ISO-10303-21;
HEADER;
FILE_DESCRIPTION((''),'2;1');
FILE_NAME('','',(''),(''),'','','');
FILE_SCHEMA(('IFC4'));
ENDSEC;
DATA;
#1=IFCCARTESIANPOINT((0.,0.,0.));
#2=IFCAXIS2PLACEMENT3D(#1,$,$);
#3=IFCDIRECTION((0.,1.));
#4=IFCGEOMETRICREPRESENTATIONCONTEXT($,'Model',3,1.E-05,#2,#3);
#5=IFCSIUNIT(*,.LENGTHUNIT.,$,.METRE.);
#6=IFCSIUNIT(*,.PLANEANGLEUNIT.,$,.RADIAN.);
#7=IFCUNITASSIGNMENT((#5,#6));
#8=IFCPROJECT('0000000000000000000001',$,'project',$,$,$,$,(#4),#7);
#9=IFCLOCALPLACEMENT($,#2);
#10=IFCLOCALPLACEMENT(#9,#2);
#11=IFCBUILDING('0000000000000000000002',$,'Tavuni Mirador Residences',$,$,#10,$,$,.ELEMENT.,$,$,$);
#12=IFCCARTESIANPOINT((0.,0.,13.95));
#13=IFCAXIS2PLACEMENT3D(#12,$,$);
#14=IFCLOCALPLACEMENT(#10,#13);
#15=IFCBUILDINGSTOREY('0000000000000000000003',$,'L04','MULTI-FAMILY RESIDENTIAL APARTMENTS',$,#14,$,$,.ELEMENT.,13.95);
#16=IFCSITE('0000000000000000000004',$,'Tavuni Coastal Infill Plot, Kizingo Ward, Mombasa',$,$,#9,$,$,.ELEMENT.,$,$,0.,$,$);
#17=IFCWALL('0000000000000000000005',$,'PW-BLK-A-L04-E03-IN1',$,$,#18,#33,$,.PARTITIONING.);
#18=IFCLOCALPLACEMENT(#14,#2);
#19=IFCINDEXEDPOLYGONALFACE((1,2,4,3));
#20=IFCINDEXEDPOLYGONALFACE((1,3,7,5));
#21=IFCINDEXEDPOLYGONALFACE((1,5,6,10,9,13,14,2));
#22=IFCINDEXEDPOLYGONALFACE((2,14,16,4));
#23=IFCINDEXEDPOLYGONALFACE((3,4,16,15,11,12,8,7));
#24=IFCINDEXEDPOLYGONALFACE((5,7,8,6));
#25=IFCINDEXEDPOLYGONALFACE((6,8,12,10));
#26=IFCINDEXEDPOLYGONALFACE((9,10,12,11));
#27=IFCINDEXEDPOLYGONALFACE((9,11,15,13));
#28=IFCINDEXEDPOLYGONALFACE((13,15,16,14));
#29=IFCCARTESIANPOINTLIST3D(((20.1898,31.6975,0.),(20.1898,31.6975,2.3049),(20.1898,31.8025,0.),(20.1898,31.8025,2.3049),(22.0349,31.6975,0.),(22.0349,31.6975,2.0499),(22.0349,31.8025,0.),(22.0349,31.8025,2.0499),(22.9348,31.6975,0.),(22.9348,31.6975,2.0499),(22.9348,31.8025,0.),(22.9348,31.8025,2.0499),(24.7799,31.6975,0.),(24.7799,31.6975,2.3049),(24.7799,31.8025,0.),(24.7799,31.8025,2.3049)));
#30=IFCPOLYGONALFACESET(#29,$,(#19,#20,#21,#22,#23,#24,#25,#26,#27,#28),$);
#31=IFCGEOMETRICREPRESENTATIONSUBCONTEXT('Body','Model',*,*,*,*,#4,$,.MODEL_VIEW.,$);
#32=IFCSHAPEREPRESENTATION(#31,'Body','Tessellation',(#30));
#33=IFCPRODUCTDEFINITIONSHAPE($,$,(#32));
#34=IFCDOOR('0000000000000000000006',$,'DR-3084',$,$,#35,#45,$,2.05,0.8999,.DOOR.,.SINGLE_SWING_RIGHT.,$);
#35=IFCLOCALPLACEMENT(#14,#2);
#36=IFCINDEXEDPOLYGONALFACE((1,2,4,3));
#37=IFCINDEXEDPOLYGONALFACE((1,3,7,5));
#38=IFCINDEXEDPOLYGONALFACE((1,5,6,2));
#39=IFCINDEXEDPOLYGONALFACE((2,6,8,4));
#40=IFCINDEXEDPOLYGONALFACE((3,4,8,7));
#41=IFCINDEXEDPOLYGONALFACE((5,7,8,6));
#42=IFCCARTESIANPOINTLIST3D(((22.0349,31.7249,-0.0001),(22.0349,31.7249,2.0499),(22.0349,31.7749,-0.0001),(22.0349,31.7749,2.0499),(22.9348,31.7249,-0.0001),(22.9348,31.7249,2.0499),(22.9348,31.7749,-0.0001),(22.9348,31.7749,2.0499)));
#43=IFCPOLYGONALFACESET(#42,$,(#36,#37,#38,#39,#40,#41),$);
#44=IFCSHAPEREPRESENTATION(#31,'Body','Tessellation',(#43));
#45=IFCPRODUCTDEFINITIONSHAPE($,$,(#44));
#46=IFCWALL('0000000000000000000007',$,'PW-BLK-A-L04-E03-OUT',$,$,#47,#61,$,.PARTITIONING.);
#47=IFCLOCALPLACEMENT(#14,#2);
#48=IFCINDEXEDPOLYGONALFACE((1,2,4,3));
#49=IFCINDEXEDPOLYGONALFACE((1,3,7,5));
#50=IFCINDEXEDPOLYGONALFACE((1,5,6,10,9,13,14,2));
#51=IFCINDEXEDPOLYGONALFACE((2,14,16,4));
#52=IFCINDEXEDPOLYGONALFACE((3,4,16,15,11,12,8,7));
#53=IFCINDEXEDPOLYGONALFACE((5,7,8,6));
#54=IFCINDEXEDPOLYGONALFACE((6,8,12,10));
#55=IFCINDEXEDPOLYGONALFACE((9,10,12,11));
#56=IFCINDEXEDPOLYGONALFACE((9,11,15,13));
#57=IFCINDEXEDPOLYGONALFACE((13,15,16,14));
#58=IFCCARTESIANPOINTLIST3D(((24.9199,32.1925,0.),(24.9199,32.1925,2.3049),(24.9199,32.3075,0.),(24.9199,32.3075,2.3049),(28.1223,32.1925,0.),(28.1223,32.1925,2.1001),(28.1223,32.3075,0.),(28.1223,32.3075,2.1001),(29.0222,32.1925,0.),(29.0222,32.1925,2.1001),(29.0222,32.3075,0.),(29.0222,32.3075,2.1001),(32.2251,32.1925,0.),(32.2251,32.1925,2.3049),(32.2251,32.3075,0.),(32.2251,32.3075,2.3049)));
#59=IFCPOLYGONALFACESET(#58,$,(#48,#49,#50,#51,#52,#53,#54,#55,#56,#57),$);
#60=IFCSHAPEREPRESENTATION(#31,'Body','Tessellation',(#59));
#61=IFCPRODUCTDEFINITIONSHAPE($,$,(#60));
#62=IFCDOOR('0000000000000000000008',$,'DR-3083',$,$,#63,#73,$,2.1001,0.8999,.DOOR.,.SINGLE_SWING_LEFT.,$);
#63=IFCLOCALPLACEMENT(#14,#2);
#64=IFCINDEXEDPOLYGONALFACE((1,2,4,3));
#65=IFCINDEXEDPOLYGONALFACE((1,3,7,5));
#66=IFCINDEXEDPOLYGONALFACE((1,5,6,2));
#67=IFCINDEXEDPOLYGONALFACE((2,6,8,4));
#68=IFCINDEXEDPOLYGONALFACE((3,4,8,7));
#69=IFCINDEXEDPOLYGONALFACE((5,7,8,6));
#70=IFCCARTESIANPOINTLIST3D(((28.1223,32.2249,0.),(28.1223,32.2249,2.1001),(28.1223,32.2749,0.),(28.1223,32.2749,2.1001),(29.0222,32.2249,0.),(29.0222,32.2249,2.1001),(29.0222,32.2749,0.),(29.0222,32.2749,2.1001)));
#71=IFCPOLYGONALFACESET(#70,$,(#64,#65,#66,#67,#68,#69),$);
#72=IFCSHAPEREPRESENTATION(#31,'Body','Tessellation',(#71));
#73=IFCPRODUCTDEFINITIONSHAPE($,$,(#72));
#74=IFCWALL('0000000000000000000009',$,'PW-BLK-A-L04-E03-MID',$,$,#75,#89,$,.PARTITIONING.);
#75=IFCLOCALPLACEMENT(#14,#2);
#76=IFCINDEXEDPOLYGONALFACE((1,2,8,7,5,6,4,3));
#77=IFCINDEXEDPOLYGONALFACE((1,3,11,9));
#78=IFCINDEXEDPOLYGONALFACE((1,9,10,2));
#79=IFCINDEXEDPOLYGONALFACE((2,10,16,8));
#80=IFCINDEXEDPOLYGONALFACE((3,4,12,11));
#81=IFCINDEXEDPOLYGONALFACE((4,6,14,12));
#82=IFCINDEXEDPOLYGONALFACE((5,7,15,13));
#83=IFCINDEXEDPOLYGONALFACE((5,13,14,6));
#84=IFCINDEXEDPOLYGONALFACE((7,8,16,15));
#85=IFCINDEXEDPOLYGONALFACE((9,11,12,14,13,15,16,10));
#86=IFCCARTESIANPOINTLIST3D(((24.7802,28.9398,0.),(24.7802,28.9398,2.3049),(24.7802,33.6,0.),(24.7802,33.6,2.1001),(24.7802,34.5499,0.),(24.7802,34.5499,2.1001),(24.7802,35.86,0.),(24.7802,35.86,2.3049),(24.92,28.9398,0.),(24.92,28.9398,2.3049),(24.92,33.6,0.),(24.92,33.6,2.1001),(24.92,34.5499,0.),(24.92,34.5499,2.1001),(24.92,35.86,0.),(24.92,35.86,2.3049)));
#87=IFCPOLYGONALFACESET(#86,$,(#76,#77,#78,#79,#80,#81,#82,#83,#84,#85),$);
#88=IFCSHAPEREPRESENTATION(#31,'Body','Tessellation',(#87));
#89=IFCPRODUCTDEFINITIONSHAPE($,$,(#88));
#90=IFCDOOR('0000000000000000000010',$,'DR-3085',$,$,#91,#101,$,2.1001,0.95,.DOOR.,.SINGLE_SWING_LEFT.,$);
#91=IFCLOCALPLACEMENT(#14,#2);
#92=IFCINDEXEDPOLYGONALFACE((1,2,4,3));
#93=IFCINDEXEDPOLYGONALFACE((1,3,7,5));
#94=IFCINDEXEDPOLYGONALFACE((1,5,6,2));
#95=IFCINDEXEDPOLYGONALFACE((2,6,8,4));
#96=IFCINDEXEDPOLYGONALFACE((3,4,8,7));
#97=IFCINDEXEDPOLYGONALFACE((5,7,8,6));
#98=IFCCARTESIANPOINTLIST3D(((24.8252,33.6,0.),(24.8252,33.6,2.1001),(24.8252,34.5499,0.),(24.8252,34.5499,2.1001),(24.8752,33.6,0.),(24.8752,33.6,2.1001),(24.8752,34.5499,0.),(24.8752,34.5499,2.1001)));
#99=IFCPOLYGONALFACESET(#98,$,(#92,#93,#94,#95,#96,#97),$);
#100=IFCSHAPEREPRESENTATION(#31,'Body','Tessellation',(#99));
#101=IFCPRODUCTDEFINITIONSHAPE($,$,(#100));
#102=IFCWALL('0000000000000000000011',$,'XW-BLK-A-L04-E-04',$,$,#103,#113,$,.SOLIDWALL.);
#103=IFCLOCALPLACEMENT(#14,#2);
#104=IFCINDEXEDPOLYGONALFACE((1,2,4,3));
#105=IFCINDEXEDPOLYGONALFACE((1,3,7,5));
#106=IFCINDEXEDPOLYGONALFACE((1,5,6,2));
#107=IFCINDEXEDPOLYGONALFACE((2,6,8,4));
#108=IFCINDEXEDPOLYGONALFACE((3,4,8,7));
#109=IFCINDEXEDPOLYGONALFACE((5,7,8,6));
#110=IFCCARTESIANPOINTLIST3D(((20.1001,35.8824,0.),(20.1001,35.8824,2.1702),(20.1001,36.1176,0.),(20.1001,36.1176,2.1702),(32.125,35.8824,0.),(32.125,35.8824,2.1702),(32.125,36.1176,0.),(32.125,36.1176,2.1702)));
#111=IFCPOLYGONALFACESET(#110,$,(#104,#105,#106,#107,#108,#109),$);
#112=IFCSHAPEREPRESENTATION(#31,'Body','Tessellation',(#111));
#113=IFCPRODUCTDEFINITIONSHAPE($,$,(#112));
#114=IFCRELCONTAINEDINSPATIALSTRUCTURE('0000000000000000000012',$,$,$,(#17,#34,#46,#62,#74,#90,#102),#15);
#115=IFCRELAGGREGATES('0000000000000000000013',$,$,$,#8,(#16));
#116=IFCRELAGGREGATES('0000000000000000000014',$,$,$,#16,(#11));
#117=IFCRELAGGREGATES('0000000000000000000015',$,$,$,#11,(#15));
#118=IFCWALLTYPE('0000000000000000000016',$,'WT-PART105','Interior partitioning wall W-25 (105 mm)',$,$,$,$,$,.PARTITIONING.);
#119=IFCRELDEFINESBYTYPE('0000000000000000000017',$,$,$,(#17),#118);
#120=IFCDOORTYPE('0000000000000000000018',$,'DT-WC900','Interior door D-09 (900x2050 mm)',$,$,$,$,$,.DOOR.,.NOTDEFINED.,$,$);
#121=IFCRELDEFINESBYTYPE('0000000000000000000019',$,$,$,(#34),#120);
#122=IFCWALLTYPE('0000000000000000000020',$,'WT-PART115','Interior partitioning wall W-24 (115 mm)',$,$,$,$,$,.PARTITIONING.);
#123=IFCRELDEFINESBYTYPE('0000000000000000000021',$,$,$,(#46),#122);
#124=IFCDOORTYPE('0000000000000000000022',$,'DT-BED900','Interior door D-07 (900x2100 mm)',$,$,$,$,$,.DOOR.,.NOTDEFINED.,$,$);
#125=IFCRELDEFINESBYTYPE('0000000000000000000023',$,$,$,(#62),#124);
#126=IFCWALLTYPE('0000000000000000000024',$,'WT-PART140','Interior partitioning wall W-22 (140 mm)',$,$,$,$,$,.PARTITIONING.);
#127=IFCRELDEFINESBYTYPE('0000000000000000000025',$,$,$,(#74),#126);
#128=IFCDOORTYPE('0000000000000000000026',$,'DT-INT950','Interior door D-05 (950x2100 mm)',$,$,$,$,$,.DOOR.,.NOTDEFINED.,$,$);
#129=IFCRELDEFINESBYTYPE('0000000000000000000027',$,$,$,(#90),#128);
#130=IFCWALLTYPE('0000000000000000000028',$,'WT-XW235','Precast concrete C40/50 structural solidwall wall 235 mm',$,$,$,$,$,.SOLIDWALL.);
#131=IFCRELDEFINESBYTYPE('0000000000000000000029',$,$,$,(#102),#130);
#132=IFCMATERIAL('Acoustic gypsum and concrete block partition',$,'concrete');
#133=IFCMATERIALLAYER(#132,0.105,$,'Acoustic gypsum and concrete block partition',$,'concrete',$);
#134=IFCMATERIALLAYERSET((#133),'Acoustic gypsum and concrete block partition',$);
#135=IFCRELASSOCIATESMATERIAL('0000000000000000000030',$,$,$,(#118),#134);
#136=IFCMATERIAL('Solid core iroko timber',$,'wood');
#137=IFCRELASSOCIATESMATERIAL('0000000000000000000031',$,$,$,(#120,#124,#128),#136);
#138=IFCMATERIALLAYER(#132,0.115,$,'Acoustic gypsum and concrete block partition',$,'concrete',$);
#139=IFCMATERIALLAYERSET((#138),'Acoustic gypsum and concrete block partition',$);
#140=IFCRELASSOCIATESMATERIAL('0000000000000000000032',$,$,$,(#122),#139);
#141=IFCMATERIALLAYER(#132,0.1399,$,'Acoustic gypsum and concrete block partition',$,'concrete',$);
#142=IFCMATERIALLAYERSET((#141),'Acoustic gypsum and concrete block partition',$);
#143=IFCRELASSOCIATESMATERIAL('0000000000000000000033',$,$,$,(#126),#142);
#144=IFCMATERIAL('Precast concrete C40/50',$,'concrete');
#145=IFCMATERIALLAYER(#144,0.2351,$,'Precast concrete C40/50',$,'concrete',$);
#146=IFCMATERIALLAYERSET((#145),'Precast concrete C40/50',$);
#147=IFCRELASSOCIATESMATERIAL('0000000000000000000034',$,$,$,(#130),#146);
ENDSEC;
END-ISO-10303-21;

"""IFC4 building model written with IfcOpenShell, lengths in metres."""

from ifc_helpers import new_model, si_unit, direction, frame, frame_2d, origin, place, context, subcontext, project, spatial, rectangle, extrude, material, layer, layer_set, type_object, element, fill, save


model = new_model("IFC4")

# Units and contexts
model_context = context("Model", 3, precision=1e-05, world=origin(), true_north=direction((0.0, 1.0)))
body_context = subcontext(model_context, "Body", "Model", "MODEL_VIEW")
ifc_project = project(units=[si_unit("LENGTHUNIT", "METRE"), si_unit("PLANEANGLEUNIT", "RADIAN")], contexts=[model_context])

# Site, building, storey
site_placement = place(None, origin())
site = spatial("IfcSite", under=ifc_project, at=site_placement, Name="Tavuni Coastal Infill Plot, Kizingo Ward, Mombasa", CompositionType="ELEMENT", RefElevation=0.0)
building_placement = place(site_placement, origin())
building = spatial("IfcBuilding", under=site, at=building_placement, Name="Tavuni Mirador Residences", CompositionType="ELEMENT")
storey_placement = place(building_placement, frame((0.0, 0.0, 13.95)))
storey = spatial("IfcBuildingStorey", under=building, at=storey_placement, Name="L04", Description="MULTI-FAMILY RESIDENTIAL APARTMENTS", CompositionType="ELEMENT", Elevation=13.95)

# Shared definitions
ifc_material_1 = material(Name="Precast concrete C40/50", Category="concrete")

# Shared definitions
ifc_material_2 = material(Name="Solid core iroko timber", Category="wood")

# Walls, openings, doors
ifc_material_3 = material(Name="Acoustic gypsum and concrete block partition", Category="concrete")
ifc_layer_1 = layer(ifc_material_3, 0.105, Name="Acoustic gypsum and concrete block partition", Category="concrete")
ifc_layer_set_1 = layer_set([ifc_layer_1], Name="Acoustic gypsum and concrete block partition")
wall_type_1 = type_object("IfcWallType", Name="WT-PART105", Description="Interior partitioning wall W-25 (105 mm)", PredefinedType="PARTITIONING", material=ifc_layer_set_1)
wall_1_placement = place(storey_placement, frame((20.1899, 31.75, 0.0), z_axis=(0.0, 0.0, 1.0), x_axis=(1.0, 0.0, 0.0)))
wall_1 = element("IfcWall", 1, at=wall_1_placement, inside=storey, type_object=wall_type_1, Name="PW-BLK-A-L04-E03-IN1", PredefinedType="PARTITIONING", context=body_context, shape_type="SweptSolid", body=[
    extrude(rectangle(XDim=4.5901, YDim=0.105, at=frame_2d((2.2949, 0.0))), origin(), (0.0, 0.0, 1.0), 2.3049),
])
opening_1_placement = place(wall_1_placement, frame((1.845, 0.0, 0.0)))
opening_1 = element("IfcOpeningElement", 2, at=opening_1_placement, cuts=wall_1, PredefinedType="OPENING", context=body_context, shape_type="SweptSolid", body=[
    extrude(rectangle(XDim=0.8999, YDim=2.05, at=frame_2d((0.45, 1.0249))), frame((0.0, 0.0625, 0.0), z_axis=(0.0, -1.0, 0.0), x_axis=(1.0, 0.0, 0.0)), (0.0, 0.0, 1.0), 0.125),
])
door_type_1 = type_object("IfcDoorType", Name="DT-WC900", Description="Interior door D-09 (900x2050 mm)", OperationType="NOTDEFINED", PredefinedType="DOOR", material=ifc_material_2)
door_1_placement = place(opening_1_placement, origin())
door_1 = element("IfcDoor", 3, at=door_1_placement, inside=storey, type_object=door_type_1, Name="DR-3084", OperationType="SINGLE_SWING_RIGHT", OverallHeight=2.05, OverallWidth=0.8999, PredefinedType="DOOR", context=body_context, shape_type="SweptSolid", body=[
    extrude(rectangle(XDim=0.8999, YDim=2.05, at=frame_2d((0.45, 1.0249))), frame((0.0, 0.0249, 0.0), z_axis=(0.0, -1.0, 0.0), x_axis=(1.0, 0.0, 0.0)), (0.0, 0.0, 1.0), 0.05),
])
fill(opening_1, door_1)
ifc_layer_2 = layer(ifc_material_3, 0.115, Name="Acoustic gypsum and concrete block partition", Category="concrete")
ifc_layer_set_2 = layer_set([ifc_layer_2], Name="Acoustic gypsum and concrete block partition")
wall_type_2 = type_object("IfcWallType", Name="WT-PART115", Description="Interior partitioning wall W-24 (115 mm)", PredefinedType="PARTITIONING", material=ifc_layer_set_2)
wall_2_placement = place(storey_placement, frame((24.9199, 32.25, 0.0), z_axis=(0.0, 0.0, 1.0), x_axis=(1.0, 0.0, 0.0)))
wall_2 = element("IfcWall", 4, at=wall_2_placement, inside=storey, type_object=wall_type_2, Name="PW-BLK-A-L04-E03-OUT", PredefinedType="PARTITIONING", context=body_context, shape_type="SweptSolid", body=[
    extrude(rectangle(XDim=7.3052, YDim=0.115, at=frame_2d((3.6526, 0.0))), origin(), (0.0, 0.0, 1.0), 2.3049),
])
opening_2_placement = place(wall_2_placement, frame((3.2024, 0.0, 0.0)))
opening_2 = element("IfcOpeningElement", 5, at=opening_2_placement, cuts=wall_2, PredefinedType="OPENING", context=body_context, shape_type="SweptSolid", body=[
    extrude(rectangle(XDim=0.8999, YDim=2.1001, at=frame_2d((0.45, 1.05))), frame((0.0, 0.0674, 0.0), z_axis=(0.0, -1.0, 0.0), x_axis=(1.0, 0.0, 0.0)), (0.0, 0.0, 1.0), 0.135),
])
door_type_2 = type_object("IfcDoorType", Name="DT-BED900", Description="Interior door D-07 (900x2100 mm)", OperationType="NOTDEFINED", PredefinedType="DOOR", material=ifc_material_2)
door_2_placement = place(opening_2_placement, origin())
door_2 = element("IfcDoor", 6, at=door_2_placement, inside=storey, type_object=door_type_2, Name="DR-3083", OperationType="SINGLE_SWING_LEFT", OverallHeight=2.1001, OverallWidth=0.8999, PredefinedType="DOOR", context=body_context, shape_type="SweptSolid", body=[
    extrude(rectangle(XDim=0.8999, YDim=2.1001, at=frame_2d((0.45, 1.05))), frame((0.0, 0.0249, 0.0), z_axis=(0.0, -1.0, 0.0), x_axis=(1.0, 0.0, 0.0)), (0.0, 0.0, 1.0), 0.05),
])
fill(opening_2, door_2)
ifc_layer_3 = layer(ifc_material_3, 0.1399, Name="Acoustic gypsum and concrete block partition", Category="concrete")
ifc_layer_set_3 = layer_set([ifc_layer_3], Name="Acoustic gypsum and concrete block partition")
wall_type_3 = type_object("IfcWallType", Name="WT-PART140", Description="Interior partitioning wall W-22 (140 mm)", PredefinedType="PARTITIONING", material=ifc_layer_set_3)
wall_3_placement = place(storey_placement, frame((24.8501, 28.9399, 0.0), z_axis=(0.0, 0.0, 1.0), x_axis=(0.0, 1.0, 0.0)))
wall_3 = element("IfcWall", 7, at=wall_3_placement, inside=storey, type_object=wall_type_3, Name="PW-BLK-A-L04-E03-MID", PredefinedType="PARTITIONING", context=body_context, shape_type="SweptSolid", body=[
    extrude(rectangle(XDim=6.9202, YDim=0.1399, at=frame_2d((3.46, 0.0))), origin(), (0.0, 0.0, 1.0), 2.3049),
])
opening_3_placement = place(wall_3_placement, frame((4.6599, 0.0, 0.0)))
opening_3 = element("IfcOpeningElement", 8, at=opening_3_placement, cuts=wall_3, PredefinedType="OPENING", context=body_context, shape_type="SweptSolid", body=[
    extrude(rectangle(XDim=0.95, YDim=2.1001, at=frame_2d((0.4751, 1.05))), frame((0.0, 0.0801, 0.0), z_axis=(0.0, -1.0, 0.0), x_axis=(1.0, 0.0, 0.0)), (0.0, 0.0, 1.0), 0.1599),
])
door_type_3 = type_object("IfcDoorType", Name="DT-INT950", Description="Interior door D-05 (950x2100 mm)", OperationType="NOTDEFINED", PredefinedType="DOOR", material=ifc_material_2)
door_3_placement = place(opening_3_placement, origin())
door_3 = element("IfcDoor", 9, at=door_3_placement, inside=storey, type_object=door_type_3, Name="DR-3085", OperationType="SINGLE_SWING_LEFT", OverallHeight=2.1001, OverallWidth=0.95, PredefinedType="DOOR", context=body_context, shape_type="SweptSolid", body=[
    extrude(rectangle(XDim=0.95, YDim=2.1001, at=frame_2d((0.4751, 1.05))), frame((0.0, 0.0249, 0.0), z_axis=(0.0, -1.0, 0.0), x_axis=(1.0, 0.0, 0.0)), (0.0, 0.0, 1.0), 0.05),
])
fill(opening_3, door_3)

# Wall
ifc_layer_4 = layer(ifc_material_1, 0.2351, Name="Precast concrete C40/50", Category="concrete")
ifc_layer_set_4 = layer_set([ifc_layer_4], Name="Precast concrete C40/50")
wall_type_4 = type_object("IfcWallType", Name="WT-XW235", Description="Precast concrete C40/50 structural solidwall wall 235 mm", PredefinedType="SOLIDWALL", material=ifc_layer_set_4)
wall_4_placement = place(storey_placement, frame((20.1001, 36.0, 0.0), z_axis=(0.0, 0.0, 1.0), x_axis=(1.0, 0.0, 0.0)))
element("IfcWall", 10, at=wall_4_placement, inside=storey, type_object=wall_type_4, Name="XW-BLK-A-L04-E-04", PredefinedType="SOLIDWALL", context=body_context, shape_type="SweptSolid", body=[
    extrude(rectangle(XDim=12.0249, YDim=0.2351, at=frame_2d((6.0125, 0.0))), origin(), (0.0, 0.0, 1.0), 2.1702),
])

save(model, "model.ifc")
